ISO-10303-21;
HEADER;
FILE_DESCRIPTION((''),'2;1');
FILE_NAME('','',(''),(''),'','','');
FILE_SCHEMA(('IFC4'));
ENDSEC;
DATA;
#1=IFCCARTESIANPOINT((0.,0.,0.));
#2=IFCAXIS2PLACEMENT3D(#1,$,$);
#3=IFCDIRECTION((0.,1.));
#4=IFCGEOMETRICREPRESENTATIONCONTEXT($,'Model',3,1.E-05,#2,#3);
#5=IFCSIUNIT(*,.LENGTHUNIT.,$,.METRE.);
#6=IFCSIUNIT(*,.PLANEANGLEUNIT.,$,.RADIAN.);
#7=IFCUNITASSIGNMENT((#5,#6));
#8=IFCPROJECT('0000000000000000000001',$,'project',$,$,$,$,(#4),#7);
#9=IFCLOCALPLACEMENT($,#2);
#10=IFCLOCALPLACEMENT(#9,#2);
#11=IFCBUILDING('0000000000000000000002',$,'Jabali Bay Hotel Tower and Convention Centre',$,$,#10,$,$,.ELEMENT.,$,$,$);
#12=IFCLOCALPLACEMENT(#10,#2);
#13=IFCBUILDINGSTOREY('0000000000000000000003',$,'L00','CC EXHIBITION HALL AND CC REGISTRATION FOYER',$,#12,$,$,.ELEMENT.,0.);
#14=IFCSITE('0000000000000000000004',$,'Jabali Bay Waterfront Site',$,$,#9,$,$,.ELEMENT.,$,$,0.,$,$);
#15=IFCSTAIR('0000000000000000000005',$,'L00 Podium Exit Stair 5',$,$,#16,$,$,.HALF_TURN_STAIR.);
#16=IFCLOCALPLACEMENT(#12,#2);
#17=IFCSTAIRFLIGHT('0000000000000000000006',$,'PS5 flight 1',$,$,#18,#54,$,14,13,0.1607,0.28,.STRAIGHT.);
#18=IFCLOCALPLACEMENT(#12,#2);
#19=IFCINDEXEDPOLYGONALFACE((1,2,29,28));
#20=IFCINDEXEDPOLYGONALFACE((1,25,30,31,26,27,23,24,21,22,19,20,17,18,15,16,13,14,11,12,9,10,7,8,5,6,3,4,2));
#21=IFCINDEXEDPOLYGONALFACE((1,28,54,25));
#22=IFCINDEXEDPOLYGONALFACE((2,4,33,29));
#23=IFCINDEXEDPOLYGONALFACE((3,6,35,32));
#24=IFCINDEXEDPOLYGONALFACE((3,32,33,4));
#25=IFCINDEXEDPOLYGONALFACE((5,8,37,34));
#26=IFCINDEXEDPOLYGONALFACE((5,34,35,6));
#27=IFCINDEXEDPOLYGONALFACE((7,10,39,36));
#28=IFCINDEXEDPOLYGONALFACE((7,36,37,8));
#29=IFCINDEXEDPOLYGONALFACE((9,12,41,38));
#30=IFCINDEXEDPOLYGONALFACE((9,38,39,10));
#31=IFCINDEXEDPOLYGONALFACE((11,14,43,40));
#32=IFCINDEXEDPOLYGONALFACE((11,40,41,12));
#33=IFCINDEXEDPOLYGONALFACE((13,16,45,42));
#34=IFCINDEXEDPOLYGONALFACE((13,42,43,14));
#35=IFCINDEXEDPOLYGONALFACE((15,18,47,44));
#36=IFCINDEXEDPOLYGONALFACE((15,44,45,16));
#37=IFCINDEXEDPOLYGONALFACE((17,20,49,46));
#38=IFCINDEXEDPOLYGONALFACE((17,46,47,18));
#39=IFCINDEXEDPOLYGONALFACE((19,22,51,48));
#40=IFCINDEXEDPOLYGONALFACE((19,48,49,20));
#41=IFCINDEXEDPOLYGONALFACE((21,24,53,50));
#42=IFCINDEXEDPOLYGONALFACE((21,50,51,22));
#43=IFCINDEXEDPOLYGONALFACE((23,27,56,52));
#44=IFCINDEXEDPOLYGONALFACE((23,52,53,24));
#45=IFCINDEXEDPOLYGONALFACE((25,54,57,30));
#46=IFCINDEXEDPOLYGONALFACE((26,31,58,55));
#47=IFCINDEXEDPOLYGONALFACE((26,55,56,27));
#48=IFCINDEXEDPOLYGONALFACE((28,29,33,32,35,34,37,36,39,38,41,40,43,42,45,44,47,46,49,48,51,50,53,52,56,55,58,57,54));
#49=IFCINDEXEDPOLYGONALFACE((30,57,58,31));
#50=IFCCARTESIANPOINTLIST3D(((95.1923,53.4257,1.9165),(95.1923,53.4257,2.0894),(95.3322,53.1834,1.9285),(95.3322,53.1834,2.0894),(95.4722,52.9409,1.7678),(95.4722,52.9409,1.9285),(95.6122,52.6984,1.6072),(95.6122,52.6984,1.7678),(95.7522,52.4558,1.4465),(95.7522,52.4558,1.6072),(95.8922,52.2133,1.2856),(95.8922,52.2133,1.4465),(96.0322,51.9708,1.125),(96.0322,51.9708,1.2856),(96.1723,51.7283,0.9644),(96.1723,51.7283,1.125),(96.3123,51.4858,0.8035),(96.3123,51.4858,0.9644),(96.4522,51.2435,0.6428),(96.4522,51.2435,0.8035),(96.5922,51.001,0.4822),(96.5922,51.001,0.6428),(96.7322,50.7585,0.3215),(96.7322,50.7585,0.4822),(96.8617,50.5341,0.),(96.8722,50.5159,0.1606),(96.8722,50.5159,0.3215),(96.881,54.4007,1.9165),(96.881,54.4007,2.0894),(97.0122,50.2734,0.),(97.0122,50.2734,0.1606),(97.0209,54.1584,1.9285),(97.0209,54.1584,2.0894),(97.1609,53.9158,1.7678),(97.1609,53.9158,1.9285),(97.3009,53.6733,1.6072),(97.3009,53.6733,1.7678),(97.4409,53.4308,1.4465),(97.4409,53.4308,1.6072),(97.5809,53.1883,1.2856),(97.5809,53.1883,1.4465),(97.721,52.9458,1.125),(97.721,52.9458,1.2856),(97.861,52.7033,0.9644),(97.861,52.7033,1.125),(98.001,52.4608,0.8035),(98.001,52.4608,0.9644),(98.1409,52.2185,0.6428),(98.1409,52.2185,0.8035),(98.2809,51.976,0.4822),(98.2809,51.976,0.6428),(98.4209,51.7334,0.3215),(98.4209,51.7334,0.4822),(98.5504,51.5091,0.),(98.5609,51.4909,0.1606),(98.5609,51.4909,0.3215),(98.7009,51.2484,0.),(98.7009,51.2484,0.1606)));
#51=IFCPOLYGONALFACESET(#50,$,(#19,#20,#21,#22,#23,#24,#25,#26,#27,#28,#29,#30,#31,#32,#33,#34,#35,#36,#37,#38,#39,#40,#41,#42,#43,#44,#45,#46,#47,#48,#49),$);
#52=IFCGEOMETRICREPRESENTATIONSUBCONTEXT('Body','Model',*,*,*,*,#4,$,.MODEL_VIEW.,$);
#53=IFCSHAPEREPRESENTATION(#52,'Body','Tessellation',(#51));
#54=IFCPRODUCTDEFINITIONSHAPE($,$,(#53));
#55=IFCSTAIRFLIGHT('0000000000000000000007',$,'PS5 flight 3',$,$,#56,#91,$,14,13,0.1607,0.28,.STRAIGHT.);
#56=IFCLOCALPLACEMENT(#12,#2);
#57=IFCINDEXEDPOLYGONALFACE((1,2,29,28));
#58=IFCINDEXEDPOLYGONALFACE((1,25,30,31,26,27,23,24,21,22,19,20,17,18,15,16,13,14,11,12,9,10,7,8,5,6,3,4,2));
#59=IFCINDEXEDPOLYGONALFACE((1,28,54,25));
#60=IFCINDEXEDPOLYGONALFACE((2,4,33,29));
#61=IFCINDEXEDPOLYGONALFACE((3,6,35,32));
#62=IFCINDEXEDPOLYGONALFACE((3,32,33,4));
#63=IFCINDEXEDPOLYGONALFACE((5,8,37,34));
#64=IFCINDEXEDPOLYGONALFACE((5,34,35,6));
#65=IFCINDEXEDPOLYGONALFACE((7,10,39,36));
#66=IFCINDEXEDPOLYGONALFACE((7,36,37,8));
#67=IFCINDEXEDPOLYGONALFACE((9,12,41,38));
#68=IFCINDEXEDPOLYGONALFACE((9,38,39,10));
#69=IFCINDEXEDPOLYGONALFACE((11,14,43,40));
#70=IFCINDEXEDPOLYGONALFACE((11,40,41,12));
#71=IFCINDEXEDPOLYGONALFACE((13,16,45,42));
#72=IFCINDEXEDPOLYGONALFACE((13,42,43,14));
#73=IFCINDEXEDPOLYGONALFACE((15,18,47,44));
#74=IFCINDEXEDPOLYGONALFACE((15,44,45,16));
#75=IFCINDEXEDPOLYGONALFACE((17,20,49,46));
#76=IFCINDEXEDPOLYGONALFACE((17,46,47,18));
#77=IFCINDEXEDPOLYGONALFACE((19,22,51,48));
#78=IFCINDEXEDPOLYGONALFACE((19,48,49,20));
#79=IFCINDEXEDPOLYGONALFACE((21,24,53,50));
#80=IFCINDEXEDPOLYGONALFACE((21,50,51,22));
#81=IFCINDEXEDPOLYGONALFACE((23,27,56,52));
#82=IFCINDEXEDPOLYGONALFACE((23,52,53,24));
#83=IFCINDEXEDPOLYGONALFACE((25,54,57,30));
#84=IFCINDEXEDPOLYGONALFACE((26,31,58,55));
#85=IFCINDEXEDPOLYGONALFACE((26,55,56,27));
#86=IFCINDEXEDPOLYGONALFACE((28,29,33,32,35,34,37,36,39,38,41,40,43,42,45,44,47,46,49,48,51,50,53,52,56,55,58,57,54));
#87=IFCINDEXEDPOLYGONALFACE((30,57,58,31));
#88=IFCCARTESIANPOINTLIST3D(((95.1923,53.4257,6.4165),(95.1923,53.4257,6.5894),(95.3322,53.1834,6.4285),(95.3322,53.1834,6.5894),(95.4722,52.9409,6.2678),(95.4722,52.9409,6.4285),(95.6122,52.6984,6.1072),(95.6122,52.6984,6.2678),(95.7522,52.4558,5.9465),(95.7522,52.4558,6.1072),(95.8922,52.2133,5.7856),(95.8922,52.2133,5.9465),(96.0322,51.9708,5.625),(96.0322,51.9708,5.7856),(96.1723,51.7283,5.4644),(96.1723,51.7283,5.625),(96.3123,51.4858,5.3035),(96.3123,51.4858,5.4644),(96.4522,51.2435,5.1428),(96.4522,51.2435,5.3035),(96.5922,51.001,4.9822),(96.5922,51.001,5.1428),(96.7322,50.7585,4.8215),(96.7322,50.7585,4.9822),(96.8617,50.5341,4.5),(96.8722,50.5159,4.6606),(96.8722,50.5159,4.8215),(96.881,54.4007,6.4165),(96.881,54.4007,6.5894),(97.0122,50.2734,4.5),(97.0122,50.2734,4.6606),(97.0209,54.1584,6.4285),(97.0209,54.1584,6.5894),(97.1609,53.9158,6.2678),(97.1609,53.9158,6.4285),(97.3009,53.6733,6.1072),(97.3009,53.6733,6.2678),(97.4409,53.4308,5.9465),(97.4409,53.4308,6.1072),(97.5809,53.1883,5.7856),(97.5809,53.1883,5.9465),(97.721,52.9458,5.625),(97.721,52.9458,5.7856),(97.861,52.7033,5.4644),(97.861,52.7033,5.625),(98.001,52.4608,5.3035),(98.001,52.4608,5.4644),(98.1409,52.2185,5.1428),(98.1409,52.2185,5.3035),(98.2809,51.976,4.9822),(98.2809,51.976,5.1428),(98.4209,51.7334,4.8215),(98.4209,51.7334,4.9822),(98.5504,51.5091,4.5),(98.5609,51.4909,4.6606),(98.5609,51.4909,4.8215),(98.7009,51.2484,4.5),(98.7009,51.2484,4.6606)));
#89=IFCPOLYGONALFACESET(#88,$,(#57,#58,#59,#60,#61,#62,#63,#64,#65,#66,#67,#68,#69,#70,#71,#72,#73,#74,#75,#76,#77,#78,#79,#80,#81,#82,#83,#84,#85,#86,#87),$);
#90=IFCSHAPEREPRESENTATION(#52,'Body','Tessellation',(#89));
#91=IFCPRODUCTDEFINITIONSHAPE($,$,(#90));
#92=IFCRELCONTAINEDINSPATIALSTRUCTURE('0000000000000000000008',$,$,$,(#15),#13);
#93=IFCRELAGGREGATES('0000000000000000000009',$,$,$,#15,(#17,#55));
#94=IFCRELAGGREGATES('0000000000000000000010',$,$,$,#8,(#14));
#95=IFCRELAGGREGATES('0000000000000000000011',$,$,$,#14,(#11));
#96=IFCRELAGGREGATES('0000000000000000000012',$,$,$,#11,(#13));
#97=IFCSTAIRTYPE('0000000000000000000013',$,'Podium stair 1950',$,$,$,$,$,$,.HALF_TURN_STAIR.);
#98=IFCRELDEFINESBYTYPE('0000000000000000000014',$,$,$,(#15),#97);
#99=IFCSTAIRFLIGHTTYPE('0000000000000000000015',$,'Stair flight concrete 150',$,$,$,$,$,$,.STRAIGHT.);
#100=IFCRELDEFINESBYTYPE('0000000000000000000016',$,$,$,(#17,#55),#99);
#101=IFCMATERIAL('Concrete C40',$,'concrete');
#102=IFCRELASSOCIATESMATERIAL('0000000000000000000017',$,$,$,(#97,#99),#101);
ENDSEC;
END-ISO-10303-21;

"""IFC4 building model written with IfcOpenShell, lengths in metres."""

from ifc_helpers import new_model, si_unit, direction, frame, origin, place, context, subcontext, project, spatial, polyline, outline, extrude, material, type_object, element, aggregate, save


model = new_model("IFC4")

# Units and contexts
model_context = context("Model", 3, precision=1e-05, world=origin(), true_north=direction((0.0, 1.0)))
body_context = subcontext(model_context, "Body", "Model", "MODEL_VIEW")
ifc_project = project(units=[si_unit("LENGTHUNIT", "METRE"), si_unit("PLANEANGLEUNIT", "RADIAN")], contexts=[model_context])

# Site, building, storey
site_placement = place(None, origin())
site = spatial("IfcSite", under=ifc_project, at=site_placement, Name="Jabali Bay Waterfront Site", CompositionType="ELEMENT", RefElevation=0.0)
building_placement = place(site_placement, origin())
building = spatial("IfcBuilding", under=site, at=building_placement, Name="Jabali Bay Hotel Tower and Convention Centre", CompositionType="ELEMENT")
storey_placement = place(building_placement, origin())
storey = spatial("IfcBuildingStorey", under=building, at=storey_placement, Name="L00", Description="CC EXHIBITION HALL AND CC REGISTRATION FOYER", CompositionType="ELEMENT", Elevation=0.0)

# Shared definitions
ifc_material_1 = material(Name="Concrete C40", Category="concrete")

# Stair, stair flights
stair_type = type_object("IfcStairType", Name="Podium stair 1950", PredefinedType="HALF_TURN_STAIR", material=ifc_material_1)
stair_placement = place(storey_placement, origin())
stair = element("IfcStair", 1, at=stair_placement, inside=storey, type_object=stair_type, Name="L00 Podium Exit Stair 5", PredefinedType="HALF_TURN_STAIR")
stair_flight_type = type_object("IfcStairFlightType", Name="Stair flight concrete 150", PredefinedType="STRAIGHT", material=ifc_material_1)
stair_flight_1_placement = place(storey_placement, frame((97.8567, 50.761, 0.0), z_axis=(0.0, 0.0, 1.0), x_axis=(-0.5, 0.866025, 0.0)))
stair_flight_1 = element("IfcStairFlight", 2, at=stair_flight_1_placement, type_object=stair_flight_type, Name="PS5 flight 1", NumberOfRisers=14, NumberOfTreads=13, PredefinedType="STRAIGHT", RiserHeight=0.1607, TreadLength=0.28, context=body_context, shape_type="SweptSolid", body=[
    extrude(outline(polyline([(0.0, 0.0), (0.0, 0.1606), (0.28, 0.1606), (0.28, 0.3215), (0.5601, 0.3215), (0.5601, 0.4822), (0.8401, 0.4822), (0.8401, 0.6428), (1.1201, 0.6428), (1.1201, 0.8035), (1.3999, 0.8035), (1.3999, 0.9644), (1.6799, 0.9644), (1.6799, 1.125), (1.96, 1.125), (1.96, 1.2856), (2.24, 1.2856), (2.24, 1.4465), (2.52, 1.4465), (2.52, 1.6072), (2.8, 1.6072), (2.8, 1.7678), (3.0801, 1.7678), (3.0801, 1.9285), (3.3601, 1.9285), (3.3601, 2.0894), (3.6399, 2.0894), (3.6399, 2.25), (3.6399, 1.9165), (0.301, 0.0), (0.0, 0.0)])), frame((0.0, 0.9751, 0.0), z_axis=(0.0, -1.0, 0.0), x_axis=(1.0, 0.0, 0.0)), (0.0, 0.0, 1.0), 1.95),
])
stair_flight_2_placement = place(storey_placement, frame((97.8567, 50.761, 4.5), z_axis=(0.0, 0.0, 1.0), x_axis=(-0.5, 0.866025, 0.0)))
stair_flight_2 = element("IfcStairFlight", 3, at=stair_flight_2_placement, type_object=stair_flight_type, Name="PS5 flight 3", NumberOfRisers=14, NumberOfTreads=13, PredefinedType="STRAIGHT", RiserHeight=0.1607, TreadLength=0.28, context=body_context, shape_type="SweptSolid", body=[
    extrude(outline(polyline([(0.0, 0.0), (0.0, 0.1606), (0.28, 0.1606), (0.28, 0.3215), (0.5601, 0.3215), (0.5601, 0.4822), (0.8401, 0.4822), (0.8401, 0.6428), (1.1201, 0.6428), (1.1201, 0.8035), (1.3999, 0.8035), (1.3999, 0.9644), (1.6799, 0.9644), (1.6799, 1.125), (1.96, 1.125), (1.96, 1.2856), (2.24, 1.2856), (2.24, 1.4465), (2.52, 1.4465), (2.52, 1.6072), (2.8, 1.6072), (2.8, 1.7678), (3.0801, 1.7678), (3.0801, 1.9285), (3.3601, 1.9285), (3.3601, 2.0894), (3.6399, 2.0894), (3.6399, 2.25), (3.6399, 1.9165), (0.301, 0.0), (0.0, 0.0)])), frame((0.0, 0.9751, 0.0), z_axis=(0.0, -1.0, 0.0), x_axis=(1.0, 0.0, 0.0)), (0.0, 0.0, 1.0), 1.95),
])
aggregate(stair, [stair_flight_1, stair_flight_2])

save(model, "model.ifc")
